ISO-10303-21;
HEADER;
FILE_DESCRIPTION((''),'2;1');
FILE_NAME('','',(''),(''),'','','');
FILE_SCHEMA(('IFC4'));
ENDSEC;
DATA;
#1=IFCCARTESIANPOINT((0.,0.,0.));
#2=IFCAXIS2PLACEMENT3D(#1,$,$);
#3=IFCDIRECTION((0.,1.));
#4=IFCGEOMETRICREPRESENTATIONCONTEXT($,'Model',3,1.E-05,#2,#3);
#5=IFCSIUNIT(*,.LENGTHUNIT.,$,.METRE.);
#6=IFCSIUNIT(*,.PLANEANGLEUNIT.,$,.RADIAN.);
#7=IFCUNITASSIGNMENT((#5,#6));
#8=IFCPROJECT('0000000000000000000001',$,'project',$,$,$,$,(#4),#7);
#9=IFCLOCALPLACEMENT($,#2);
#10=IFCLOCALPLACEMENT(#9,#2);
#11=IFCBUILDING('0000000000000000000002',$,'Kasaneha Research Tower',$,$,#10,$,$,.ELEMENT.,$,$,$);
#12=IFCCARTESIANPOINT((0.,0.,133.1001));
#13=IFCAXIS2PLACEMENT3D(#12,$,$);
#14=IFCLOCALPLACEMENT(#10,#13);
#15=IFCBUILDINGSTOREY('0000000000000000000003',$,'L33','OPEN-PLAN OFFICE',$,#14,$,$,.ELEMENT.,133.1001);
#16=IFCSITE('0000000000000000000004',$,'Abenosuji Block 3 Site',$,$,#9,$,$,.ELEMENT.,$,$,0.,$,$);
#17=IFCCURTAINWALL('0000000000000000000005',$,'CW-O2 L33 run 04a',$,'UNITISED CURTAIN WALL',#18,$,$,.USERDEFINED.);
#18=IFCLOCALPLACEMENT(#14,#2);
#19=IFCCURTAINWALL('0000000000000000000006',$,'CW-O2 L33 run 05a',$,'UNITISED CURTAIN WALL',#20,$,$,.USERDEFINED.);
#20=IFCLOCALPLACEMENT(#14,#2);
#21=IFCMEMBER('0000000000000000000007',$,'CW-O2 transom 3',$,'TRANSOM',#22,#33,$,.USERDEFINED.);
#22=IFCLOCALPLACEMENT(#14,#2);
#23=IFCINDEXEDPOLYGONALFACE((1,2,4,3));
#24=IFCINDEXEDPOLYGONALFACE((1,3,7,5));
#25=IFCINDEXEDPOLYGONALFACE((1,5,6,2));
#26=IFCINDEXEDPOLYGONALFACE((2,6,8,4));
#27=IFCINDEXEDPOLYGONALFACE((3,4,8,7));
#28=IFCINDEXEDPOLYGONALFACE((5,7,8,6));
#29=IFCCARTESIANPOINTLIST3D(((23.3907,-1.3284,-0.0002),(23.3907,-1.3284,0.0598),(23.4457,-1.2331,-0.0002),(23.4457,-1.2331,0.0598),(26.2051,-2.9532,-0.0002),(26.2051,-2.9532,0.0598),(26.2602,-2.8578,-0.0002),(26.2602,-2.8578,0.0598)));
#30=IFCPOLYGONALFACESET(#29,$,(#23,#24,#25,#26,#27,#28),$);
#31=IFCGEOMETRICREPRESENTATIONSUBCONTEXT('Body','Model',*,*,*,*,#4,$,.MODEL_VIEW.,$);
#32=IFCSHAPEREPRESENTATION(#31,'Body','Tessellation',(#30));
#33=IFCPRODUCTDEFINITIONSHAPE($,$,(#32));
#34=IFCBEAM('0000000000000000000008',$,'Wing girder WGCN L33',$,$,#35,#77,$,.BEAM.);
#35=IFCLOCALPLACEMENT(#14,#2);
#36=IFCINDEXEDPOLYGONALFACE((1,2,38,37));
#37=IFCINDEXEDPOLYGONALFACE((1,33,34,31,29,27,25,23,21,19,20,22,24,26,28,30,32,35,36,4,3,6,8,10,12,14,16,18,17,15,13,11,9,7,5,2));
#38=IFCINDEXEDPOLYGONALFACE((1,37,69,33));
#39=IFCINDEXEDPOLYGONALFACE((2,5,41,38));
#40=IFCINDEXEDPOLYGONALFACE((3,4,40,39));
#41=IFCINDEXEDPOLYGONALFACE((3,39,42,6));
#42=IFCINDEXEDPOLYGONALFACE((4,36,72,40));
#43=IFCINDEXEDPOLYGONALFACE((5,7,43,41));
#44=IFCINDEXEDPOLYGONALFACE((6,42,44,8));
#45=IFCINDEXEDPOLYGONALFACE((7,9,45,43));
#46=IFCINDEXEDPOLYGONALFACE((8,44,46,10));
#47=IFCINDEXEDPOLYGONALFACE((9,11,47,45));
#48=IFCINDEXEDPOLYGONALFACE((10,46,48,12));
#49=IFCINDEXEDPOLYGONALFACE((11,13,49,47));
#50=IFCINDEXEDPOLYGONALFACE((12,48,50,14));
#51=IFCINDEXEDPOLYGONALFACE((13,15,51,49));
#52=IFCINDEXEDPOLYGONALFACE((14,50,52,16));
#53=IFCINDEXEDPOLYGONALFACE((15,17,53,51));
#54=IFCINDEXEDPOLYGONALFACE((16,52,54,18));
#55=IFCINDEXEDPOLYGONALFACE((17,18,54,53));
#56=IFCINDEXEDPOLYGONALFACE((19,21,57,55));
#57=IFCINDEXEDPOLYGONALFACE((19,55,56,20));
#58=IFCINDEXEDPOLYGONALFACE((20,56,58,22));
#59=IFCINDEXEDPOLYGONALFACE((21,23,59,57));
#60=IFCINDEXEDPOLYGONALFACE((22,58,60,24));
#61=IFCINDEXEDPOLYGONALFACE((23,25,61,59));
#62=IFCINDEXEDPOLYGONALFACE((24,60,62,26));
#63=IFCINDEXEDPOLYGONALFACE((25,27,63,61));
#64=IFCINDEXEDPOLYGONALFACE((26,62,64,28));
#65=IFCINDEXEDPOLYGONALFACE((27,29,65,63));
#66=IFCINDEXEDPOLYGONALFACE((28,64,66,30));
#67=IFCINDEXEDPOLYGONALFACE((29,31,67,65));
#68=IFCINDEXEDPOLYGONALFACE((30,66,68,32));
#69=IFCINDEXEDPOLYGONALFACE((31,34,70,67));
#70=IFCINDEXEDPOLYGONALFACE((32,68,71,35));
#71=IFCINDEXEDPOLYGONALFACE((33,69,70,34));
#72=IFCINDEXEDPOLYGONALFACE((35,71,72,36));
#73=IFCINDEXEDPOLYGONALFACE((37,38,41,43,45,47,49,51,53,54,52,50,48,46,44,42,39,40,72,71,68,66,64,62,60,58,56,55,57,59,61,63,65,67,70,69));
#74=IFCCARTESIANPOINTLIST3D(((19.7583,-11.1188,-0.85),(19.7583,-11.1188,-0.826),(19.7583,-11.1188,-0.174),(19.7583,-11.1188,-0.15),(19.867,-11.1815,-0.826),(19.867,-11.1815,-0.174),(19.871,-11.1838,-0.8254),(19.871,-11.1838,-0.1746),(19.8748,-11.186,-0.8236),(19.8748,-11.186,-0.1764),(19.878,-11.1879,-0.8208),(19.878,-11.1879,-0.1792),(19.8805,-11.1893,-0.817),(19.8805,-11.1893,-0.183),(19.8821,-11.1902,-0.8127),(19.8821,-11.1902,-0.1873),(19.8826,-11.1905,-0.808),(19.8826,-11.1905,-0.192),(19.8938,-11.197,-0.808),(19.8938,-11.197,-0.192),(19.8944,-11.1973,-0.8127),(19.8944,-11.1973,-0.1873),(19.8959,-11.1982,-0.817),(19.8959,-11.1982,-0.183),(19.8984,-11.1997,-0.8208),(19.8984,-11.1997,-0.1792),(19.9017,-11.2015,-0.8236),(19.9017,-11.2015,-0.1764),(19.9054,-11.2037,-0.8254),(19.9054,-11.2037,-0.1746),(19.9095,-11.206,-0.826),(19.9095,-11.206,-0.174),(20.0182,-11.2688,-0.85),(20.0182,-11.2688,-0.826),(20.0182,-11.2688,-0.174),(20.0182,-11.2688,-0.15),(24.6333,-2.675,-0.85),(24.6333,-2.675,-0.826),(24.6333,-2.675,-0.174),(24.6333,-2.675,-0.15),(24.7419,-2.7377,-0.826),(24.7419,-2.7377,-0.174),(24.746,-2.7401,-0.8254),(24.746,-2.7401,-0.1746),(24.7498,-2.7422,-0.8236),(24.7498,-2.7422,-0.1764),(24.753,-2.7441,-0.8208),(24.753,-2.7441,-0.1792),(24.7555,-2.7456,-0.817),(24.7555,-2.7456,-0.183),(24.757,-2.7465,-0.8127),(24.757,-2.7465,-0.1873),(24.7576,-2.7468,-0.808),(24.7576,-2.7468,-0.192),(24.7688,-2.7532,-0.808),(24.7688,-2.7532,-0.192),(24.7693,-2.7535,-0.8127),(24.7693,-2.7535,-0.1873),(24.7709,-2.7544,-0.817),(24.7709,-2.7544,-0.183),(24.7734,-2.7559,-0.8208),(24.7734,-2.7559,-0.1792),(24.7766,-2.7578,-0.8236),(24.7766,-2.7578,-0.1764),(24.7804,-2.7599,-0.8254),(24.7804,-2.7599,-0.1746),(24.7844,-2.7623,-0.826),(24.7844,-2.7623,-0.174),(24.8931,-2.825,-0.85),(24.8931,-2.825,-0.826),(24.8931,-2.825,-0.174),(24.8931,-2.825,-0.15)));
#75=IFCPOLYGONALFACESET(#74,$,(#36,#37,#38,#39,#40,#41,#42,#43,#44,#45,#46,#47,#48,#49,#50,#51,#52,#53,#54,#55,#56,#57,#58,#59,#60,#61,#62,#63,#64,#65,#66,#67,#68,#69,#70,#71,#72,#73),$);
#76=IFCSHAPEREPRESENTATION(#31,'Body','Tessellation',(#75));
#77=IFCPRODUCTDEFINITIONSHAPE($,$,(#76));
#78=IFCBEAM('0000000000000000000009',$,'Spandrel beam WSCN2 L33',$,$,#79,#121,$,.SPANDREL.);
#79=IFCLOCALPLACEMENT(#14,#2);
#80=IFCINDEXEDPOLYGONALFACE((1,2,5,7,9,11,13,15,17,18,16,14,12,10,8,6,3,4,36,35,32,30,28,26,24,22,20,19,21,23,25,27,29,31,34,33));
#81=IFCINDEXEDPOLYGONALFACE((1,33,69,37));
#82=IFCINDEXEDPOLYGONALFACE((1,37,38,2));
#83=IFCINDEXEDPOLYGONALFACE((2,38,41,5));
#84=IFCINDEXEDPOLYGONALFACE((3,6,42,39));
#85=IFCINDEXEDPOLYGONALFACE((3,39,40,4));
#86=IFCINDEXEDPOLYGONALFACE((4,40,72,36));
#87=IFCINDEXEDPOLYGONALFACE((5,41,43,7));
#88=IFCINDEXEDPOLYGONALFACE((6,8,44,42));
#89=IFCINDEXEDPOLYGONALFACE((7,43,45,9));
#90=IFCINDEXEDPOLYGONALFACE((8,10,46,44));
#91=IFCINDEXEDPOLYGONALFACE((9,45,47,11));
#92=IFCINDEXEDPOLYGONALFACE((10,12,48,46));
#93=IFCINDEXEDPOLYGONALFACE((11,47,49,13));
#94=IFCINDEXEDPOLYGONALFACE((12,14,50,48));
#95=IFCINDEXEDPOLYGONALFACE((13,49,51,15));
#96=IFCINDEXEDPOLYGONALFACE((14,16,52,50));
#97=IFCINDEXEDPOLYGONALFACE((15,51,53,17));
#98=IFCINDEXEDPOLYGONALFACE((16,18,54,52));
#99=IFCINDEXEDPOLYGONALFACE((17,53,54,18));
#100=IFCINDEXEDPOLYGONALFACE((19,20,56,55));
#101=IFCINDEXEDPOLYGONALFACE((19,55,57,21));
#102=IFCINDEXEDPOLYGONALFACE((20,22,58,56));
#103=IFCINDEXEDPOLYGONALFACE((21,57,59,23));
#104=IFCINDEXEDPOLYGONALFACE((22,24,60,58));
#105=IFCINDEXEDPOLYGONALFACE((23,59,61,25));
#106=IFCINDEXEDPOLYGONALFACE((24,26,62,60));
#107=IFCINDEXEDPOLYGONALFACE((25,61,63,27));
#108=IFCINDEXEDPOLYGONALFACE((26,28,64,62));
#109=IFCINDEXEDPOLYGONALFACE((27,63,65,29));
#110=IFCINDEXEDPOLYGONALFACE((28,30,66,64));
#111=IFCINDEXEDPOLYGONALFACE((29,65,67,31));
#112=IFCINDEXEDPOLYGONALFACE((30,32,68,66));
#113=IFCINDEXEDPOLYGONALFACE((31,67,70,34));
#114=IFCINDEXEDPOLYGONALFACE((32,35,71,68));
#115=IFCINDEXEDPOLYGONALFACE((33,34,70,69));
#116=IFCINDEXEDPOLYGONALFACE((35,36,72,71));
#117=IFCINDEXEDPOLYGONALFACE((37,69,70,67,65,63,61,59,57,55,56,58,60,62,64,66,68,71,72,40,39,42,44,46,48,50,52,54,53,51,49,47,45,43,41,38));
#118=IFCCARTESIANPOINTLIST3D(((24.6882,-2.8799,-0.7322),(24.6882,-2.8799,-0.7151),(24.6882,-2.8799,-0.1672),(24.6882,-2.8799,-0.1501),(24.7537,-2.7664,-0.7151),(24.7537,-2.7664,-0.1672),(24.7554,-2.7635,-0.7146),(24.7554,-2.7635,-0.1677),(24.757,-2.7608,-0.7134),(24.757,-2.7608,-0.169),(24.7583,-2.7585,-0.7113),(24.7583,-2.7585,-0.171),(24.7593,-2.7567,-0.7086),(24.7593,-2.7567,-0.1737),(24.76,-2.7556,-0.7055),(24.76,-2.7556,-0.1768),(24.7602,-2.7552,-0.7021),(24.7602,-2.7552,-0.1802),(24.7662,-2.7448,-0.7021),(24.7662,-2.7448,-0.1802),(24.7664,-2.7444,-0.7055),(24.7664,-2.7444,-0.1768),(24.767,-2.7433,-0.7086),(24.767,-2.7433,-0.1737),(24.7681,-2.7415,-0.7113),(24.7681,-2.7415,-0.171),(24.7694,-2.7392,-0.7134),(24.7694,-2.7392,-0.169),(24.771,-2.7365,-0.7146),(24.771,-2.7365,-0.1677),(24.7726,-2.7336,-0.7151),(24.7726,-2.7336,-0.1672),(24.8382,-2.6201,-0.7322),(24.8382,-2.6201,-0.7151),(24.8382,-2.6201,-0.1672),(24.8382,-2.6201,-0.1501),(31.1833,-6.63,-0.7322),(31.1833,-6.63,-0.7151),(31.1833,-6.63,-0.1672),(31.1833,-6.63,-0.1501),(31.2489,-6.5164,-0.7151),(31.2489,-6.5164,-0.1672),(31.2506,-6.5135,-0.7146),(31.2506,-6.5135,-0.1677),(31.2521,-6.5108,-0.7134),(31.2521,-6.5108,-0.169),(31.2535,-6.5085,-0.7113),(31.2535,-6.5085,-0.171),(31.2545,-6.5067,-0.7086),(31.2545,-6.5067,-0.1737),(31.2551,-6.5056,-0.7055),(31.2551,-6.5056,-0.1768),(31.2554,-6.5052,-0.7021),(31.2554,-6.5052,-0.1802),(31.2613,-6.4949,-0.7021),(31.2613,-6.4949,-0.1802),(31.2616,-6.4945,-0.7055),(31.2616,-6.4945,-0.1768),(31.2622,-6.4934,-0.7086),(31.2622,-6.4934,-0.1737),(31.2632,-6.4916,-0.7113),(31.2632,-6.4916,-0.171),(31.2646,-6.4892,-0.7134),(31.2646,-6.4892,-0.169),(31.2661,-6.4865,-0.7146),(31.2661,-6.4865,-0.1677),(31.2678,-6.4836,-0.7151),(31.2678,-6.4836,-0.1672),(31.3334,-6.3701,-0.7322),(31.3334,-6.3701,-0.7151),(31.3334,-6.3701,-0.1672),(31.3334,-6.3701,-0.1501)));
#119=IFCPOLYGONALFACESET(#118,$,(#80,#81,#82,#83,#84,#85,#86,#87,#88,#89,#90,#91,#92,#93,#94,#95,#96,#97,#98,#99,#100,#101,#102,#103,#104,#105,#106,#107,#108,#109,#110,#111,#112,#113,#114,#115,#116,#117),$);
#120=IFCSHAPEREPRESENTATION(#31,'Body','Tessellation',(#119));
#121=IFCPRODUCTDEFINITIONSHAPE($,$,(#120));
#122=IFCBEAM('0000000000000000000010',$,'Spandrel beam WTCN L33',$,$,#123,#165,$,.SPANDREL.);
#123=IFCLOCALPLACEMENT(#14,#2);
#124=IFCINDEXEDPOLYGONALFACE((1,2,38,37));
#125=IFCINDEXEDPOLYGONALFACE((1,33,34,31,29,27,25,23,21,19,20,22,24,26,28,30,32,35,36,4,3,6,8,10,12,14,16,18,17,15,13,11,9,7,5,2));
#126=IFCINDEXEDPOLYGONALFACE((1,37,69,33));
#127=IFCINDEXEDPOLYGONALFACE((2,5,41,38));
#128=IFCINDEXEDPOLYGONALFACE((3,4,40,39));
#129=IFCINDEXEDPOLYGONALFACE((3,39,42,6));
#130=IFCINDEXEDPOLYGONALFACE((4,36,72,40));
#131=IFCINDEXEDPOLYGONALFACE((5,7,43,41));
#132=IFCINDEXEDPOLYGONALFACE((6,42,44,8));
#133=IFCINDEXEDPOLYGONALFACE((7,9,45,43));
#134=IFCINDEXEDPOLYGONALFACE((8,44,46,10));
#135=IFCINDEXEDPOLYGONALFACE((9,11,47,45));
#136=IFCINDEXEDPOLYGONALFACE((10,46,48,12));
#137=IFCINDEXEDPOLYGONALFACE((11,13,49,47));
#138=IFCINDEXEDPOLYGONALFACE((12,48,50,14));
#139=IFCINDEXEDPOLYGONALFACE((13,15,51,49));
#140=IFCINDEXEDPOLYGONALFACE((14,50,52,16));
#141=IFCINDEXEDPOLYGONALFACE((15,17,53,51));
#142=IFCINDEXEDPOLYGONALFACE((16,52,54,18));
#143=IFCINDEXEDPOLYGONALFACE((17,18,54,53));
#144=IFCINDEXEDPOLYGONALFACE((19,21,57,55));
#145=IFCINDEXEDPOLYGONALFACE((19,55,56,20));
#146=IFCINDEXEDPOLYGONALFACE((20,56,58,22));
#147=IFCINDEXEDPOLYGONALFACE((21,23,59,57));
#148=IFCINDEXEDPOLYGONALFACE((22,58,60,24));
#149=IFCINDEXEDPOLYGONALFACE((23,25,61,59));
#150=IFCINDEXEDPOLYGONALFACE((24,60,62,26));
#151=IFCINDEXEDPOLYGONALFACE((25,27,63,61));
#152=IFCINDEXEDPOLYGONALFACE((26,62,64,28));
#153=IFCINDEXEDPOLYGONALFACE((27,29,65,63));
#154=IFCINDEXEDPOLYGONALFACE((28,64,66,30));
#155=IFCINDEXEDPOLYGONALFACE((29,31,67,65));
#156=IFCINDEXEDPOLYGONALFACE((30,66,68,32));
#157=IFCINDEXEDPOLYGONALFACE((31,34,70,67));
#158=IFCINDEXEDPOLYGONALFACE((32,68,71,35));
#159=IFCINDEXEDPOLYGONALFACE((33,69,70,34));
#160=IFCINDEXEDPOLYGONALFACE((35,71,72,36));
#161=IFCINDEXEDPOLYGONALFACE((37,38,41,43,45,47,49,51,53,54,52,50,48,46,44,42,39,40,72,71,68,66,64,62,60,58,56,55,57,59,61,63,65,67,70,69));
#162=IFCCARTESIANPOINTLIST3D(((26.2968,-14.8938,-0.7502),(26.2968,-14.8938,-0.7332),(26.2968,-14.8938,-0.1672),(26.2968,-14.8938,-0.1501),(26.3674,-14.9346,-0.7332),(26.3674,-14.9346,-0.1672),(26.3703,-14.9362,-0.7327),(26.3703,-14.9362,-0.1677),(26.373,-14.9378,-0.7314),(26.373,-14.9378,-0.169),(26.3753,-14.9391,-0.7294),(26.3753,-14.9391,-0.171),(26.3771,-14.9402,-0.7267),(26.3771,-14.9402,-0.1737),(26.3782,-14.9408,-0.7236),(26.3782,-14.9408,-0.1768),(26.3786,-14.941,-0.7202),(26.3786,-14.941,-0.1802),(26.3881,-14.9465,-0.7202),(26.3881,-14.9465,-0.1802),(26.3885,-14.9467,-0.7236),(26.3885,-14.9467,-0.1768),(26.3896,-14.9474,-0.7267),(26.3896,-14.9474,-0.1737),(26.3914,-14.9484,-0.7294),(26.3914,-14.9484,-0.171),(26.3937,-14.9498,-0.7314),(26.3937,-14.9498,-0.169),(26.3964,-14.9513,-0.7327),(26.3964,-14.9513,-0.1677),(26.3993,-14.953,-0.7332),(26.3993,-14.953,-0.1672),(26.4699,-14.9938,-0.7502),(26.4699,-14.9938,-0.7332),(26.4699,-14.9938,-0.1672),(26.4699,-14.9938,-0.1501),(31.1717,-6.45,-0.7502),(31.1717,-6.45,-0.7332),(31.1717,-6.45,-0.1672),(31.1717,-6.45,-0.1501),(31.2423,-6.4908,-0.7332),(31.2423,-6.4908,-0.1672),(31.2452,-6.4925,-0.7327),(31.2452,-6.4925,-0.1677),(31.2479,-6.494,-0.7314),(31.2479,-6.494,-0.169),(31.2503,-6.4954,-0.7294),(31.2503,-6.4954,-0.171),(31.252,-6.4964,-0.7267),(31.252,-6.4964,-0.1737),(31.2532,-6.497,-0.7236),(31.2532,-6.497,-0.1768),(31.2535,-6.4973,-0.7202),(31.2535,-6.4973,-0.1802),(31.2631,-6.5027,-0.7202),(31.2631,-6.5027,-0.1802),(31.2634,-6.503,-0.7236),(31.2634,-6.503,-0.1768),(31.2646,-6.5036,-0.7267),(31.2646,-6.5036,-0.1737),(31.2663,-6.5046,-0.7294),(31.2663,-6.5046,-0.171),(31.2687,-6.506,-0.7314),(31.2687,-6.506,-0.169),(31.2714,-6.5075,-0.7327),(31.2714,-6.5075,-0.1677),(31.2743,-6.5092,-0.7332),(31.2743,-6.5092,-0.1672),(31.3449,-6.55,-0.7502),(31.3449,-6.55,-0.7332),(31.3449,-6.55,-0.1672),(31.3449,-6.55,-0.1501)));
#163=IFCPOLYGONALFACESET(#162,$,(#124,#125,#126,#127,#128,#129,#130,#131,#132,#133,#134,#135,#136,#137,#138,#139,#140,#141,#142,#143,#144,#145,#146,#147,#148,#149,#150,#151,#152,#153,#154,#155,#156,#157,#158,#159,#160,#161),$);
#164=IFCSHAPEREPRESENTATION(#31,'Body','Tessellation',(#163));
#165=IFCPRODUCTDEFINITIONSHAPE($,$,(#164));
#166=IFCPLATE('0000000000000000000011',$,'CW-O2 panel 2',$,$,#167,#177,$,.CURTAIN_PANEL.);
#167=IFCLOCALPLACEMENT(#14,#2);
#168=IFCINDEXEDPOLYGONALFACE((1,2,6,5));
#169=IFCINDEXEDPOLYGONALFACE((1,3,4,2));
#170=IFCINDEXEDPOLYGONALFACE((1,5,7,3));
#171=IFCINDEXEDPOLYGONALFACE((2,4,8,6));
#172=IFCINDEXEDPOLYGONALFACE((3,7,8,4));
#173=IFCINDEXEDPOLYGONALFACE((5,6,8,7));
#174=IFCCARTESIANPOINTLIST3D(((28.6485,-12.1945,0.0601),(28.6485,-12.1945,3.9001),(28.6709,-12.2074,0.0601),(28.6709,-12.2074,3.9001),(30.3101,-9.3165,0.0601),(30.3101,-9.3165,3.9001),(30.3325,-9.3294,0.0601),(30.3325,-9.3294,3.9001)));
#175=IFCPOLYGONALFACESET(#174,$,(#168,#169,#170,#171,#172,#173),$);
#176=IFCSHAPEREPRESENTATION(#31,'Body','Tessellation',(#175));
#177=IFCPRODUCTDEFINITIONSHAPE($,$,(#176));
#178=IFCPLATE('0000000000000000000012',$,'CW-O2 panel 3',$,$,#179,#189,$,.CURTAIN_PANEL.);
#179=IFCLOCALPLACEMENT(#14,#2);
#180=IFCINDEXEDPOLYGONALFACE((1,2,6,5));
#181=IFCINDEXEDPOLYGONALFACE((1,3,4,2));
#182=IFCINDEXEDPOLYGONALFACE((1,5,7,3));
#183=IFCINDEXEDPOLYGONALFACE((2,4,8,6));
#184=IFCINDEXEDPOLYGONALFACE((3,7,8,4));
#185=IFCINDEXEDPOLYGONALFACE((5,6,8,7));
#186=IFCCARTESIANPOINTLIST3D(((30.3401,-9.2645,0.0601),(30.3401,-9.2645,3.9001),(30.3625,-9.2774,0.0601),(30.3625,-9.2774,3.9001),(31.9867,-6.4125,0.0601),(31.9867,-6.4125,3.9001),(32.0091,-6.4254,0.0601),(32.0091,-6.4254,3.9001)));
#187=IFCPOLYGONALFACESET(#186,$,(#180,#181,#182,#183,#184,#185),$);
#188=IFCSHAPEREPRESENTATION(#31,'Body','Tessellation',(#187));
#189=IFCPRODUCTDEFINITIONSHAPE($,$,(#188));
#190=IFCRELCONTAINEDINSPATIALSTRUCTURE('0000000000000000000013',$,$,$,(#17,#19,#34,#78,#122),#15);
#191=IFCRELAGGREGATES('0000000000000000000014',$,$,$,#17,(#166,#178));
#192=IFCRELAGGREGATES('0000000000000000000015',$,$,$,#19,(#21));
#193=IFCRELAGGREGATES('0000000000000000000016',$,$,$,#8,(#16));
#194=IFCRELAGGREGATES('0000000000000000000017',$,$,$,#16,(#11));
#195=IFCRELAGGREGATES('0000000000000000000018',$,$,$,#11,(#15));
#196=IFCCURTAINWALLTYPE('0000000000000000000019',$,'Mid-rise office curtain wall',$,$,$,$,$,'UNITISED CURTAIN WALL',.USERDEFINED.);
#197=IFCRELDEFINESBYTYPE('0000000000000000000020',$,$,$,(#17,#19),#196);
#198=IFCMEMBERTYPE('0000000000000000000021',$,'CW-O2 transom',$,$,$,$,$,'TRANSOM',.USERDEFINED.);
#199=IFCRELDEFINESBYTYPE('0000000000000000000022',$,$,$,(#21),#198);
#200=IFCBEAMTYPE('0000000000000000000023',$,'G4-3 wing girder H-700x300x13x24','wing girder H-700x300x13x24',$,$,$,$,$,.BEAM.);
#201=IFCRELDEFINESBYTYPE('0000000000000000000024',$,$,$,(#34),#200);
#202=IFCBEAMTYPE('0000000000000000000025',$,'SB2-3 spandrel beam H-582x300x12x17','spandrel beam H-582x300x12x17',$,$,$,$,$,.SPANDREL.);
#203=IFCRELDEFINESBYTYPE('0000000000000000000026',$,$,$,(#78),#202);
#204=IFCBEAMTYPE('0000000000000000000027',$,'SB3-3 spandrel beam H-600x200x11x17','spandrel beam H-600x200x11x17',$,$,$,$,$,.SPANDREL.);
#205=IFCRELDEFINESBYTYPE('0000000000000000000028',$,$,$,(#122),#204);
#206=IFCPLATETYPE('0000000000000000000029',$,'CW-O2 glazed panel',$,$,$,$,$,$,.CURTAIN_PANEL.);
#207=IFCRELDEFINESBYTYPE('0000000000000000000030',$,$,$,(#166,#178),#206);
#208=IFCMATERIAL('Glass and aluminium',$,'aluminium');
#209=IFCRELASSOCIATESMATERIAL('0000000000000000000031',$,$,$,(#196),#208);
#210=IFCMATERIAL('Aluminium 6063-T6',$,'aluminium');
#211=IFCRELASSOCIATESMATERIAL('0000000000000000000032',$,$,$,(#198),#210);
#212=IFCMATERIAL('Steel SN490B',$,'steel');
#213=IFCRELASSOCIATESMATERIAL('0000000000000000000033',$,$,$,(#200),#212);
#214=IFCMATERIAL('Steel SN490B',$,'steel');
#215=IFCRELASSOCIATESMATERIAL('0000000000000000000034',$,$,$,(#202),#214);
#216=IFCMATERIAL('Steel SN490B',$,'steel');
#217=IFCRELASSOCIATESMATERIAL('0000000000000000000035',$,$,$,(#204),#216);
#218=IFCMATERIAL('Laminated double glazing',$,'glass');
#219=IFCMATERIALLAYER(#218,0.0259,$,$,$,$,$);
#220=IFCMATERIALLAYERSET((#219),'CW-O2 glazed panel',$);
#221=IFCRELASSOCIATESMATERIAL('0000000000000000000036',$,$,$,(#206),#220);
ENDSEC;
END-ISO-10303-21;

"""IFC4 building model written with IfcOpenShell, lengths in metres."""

from ifc_helpers import new_model, si_unit, direction, frame, origin, origin_2d, place, context, subcontext, project, spatial, rectangle, i_section, extrude, material, layer, layer_set, material_profile, profile_set, type_object, element, aggregate, save


model = new_model("IFC4")

# Units and contexts
model_context = context("Model", 3, precision=1e-05, world=origin(), true_north=direction((0.0, 1.0)))
body_context = subcontext(model_context, "Body", "Model", "MODEL_VIEW")
ifc_project = project(units=[si_unit("LENGTHUNIT", "METRE"), si_unit("PLANEANGLEUNIT", "RADIAN")], contexts=[model_context])

# Site, building, storey
site_placement = place(None, origin())
site = spatial("IfcSite", under=ifc_project, at=site_placement, Name="Abenosuji Block 3 Site", CompositionType="ELEMENT", RefElevation=0.0)
building_placement = place(site_placement, origin())
building = spatial("IfcBuilding", under=site, at=building_placement, Name="Kasaneha Research Tower", CompositionType="ELEMENT")
storey_placement = place(building_placement, frame((0.0, 0.0, 133.1001)))
storey = spatial("IfcBuildingStorey", under=building, at=storey_placement, Name="L33", Description="OPEN-PLAN OFFICE", CompositionType="ELEMENT", Elevation=133.1001)

# Curtain walls
ifc_material_1 = material(Name="Glass and aluminium", Category="aluminium")
curtain_wall_type = type_object("IfcCurtainWallType", Name="Mid-rise office curtain wall", ElementType="UNITISED CURTAIN WALL", PredefinedType="USERDEFINED", material=ifc_material_1)
curtain_wall_1_placement = place(storey_placement, origin())
curtain_wall_1 = element("IfcCurtainWall", 1, at=curtain_wall_1_placement, inside=storey, type_object=curtain_wall_type, Name="CW-O2 L33 run 04a", ObjectType="UNITISED CURTAIN WALL", PredefinedType="USERDEFINED")
curtain_wall_2_placement = place(storey_placement, origin())
curtain_wall_2 = element("IfcCurtainWall", 2, at=curtain_wall_2_placement, inside=storey, type_object=curtain_wall_type, Name="CW-O2 L33 run 05a", ObjectType="UNITISED CURTAIN WALL", PredefinedType="USERDEFINED")

# Member
ifc_material_2 = material(Name="Aluminium 6063-T6", Category="aluminium")
ifc_material_profile_1 = material_profile(ifc_material_2, rectangle(XDim=0.1101, YDim=0.0601, at=origin_2d()), Name="CW-O2 transom 110x60")
ifc_profile_set_1 = profile_set([ifc_material_profile_1], Name="Aluminium 6063-T6")
member_type_1 = type_object("IfcMemberType", Name="CW-O2 transom", ElementType="TRANSOM", PredefinedType="USERDEFINED", material=ifc_profile_set_1)
member_1_placement = place(storey_placement, frame((26.2327, -2.9055, 0.0298), z_axis=(-0.866048, 0.499961, 0.0), x_axis=(-0.499961, -0.866048, 0.0)))
member_1 = element("IfcMember", 3, at=member_1_placement, type_object=member_type_1, Name="CW-O2 transom 3", ObjectType="TRANSOM", PredefinedType="USERDEFINED", context=body_context, shape_type="SweptSolid", body=[
    extrude(rectangle(XDim=0.1101, YDim=0.0601, at=origin_2d()), origin(), (0.0, 0.0, 1.0), 3.2498),
])

# Beams
ifc_material_3 = material(Name="Steel SN490B", Category="steel")
ifc_material_profile_2 = material_profile(ifc_material_3, i_section(OverallWidth=0.3, OverallDepth=0.7, WebThickness=0.0129, FlangeThickness=0.0239, FilletRadius=0.0181, at=origin_2d()), Name="H-700x300x13x24")
ifc_profile_set_2 = profile_set([ifc_material_profile_2], Name="Steel SN490B")
beam_type_1 = type_object("IfcBeamType", Name="G4-3 wing girder H-700x300x13x24", Description="wing girder H-700x300x13x24", PredefinedType="BEAM", material=ifc_profile_set_2)
beam_1_placement = place(storey_placement, frame((24.7632, -2.75, -0.5), z_axis=(-0.499996, -0.866028, 0.0), x_axis=(0.866028, -0.499996, 0.0)))
element("IfcBeam", 4, at=beam_1_placement, inside=storey, type_object=beam_type_1, Name="Wing girder WGCN L33", PredefinedType="BEAM", context=body_context, shape_type="SweptSolid", body=[
    extrude(i_section(OverallWidth=0.3, OverallDepth=0.7, WebThickness=0.0129, FlangeThickness=0.0239, FilletRadius=0.0181, at=origin_2d()), origin(), (0.0, 0.0, 1.0), 9.75),
])
ifc_material_4 = material(Name="Steel SN490B", Category="steel")
ifc_material_profile_3 = material_profile(ifc_material_4, i_section(OverallWidth=0.3, OverallDepth=0.582, WebThickness=0.012, FlangeThickness=0.0171, FilletRadius=0.0129, at=origin_2d()), Name="H-582x300x12x17")
ifc_profile_set_3 = profile_set([ifc_material_profile_3], Name="Steel SN490B")
beam_type_2 = type_object("IfcBeamType", Name="SB2-3 spandrel beam H-582x300x12x17", Description="spandrel beam H-582x300x12x17", PredefinedType="SPANDREL", material=ifc_profile_set_3)
beam_2_placement = place(storey_placement, frame((24.7632, -2.75, -0.4412), z_axis=(0.866023, -0.500004, 0.0), x_axis=(0.500004, 0.866023, 0.0)))
element("IfcBeam", 5, at=beam_2_placement, inside=storey, type_object=beam_type_2, Name="Spandrel beam WSCN2 L33", PredefinedType="SPANDREL", context=body_context, shape_type="SweptSolid", body=[
    extrude(i_section(OverallWidth=0.3, OverallDepth=0.582, WebThickness=0.012, FlangeThickness=0.0171, FilletRadius=0.0129, at=origin_2d()), origin(), (0.0, 0.0, 1.0), 7.5),
])
ifc_material_5 = material(Name="Steel SN490B", Category="steel")
ifc_material_profile_4 = material_profile(ifc_material_5, i_section(OverallWidth=0.2, OverallDepth=0.6001, WebThickness=0.011, FlangeThickness=0.0171, FilletRadius=0.0129, at=origin_2d()), Name="H-600x200x11x17")
ifc_profile_set_4 = profile_set([ifc_material_profile_4], Name="Steel SN490B")
beam_type_3 = type_object("IfcBeamType", Name="SB3-3 spandrel beam H-600x200x11x17", Description="spandrel beam H-600x200x11x17", PredefinedType="SPANDREL", material=ifc_profile_set_4)
beam_3_placement = place(storey_placement, frame((31.2583, -6.5, -0.4502), z_axis=(-0.499996, -0.866028, 0.0), x_axis=(0.866028, -0.499996, 0.0)))
element("IfcBeam", 6, at=beam_3_placement, inside=storey, type_object=beam_type_3, Name="Spandrel beam WTCN L33", PredefinedType="SPANDREL", context=body_context, shape_type="SweptSolid", body=[
    extrude(i_section(OverallWidth=0.2, OverallDepth=0.6001, WebThickness=0.011, FlangeThickness=0.0171, FilletRadius=0.0129, at=origin_2d()), origin(), (0.0, 0.0, 1.0), 9.75),
])

# Plates
ifc_material_6 = material(Name="Laminated double glazing", Category="glass")
ifc_layer_1 = layer(ifc_material_6, 0.0259)
ifc_layer_set_1 = layer_set([ifc_layer_1], Name="CW-O2 glazed panel")
plate_type = type_object("IfcPlateType", Name="CW-O2 glazed panel", PredefinedType="CURTAIN_PANEL", material=ifc_layer_set_1)
plate_1_placement = place(storey_placement, frame((29.4905, -10.762, 0.0601), z_axis=(0.0, 0.0, 1.0), x_axis=(0.5, 0.866025, 0.0)))
plate_1 = element("IfcPlate", 7, at=plate_1_placement, type_object=plate_type, Name="CW-O2 panel 2", PredefinedType="CURTAIN_PANEL", context=body_context, shape_type="SweptSolid", body=[
    extrude(rectangle(XDim=3.3232, YDim=0.0259, at=origin_2d()), origin(), (0.0, 0.0, 1.0), 3.8401),
])
plate_2_placement = place(storey_placement, frame((31.1746, -7.845, 0.0601), z_axis=(0.0, 0.0, 1.0), x_axis=(0.5, 0.866025, 0.0)))
plate_2 = element("IfcPlate", 8, at=plate_2_placement, type_object=plate_type, Name="CW-O2 panel 3", PredefinedType="CURTAIN_PANEL", context=body_context, shape_type="SweptSolid", body=[
    extrude(rectangle(XDim=3.2932, YDim=0.0259, at=origin_2d()), origin(), (0.0, 0.0, 1.0), 3.8401),
])
aggregate(curtain_wall_1, [plate_1, plate_2])
aggregate(curtain_wall_2, [member_1])

save(model, "model.ifc")
